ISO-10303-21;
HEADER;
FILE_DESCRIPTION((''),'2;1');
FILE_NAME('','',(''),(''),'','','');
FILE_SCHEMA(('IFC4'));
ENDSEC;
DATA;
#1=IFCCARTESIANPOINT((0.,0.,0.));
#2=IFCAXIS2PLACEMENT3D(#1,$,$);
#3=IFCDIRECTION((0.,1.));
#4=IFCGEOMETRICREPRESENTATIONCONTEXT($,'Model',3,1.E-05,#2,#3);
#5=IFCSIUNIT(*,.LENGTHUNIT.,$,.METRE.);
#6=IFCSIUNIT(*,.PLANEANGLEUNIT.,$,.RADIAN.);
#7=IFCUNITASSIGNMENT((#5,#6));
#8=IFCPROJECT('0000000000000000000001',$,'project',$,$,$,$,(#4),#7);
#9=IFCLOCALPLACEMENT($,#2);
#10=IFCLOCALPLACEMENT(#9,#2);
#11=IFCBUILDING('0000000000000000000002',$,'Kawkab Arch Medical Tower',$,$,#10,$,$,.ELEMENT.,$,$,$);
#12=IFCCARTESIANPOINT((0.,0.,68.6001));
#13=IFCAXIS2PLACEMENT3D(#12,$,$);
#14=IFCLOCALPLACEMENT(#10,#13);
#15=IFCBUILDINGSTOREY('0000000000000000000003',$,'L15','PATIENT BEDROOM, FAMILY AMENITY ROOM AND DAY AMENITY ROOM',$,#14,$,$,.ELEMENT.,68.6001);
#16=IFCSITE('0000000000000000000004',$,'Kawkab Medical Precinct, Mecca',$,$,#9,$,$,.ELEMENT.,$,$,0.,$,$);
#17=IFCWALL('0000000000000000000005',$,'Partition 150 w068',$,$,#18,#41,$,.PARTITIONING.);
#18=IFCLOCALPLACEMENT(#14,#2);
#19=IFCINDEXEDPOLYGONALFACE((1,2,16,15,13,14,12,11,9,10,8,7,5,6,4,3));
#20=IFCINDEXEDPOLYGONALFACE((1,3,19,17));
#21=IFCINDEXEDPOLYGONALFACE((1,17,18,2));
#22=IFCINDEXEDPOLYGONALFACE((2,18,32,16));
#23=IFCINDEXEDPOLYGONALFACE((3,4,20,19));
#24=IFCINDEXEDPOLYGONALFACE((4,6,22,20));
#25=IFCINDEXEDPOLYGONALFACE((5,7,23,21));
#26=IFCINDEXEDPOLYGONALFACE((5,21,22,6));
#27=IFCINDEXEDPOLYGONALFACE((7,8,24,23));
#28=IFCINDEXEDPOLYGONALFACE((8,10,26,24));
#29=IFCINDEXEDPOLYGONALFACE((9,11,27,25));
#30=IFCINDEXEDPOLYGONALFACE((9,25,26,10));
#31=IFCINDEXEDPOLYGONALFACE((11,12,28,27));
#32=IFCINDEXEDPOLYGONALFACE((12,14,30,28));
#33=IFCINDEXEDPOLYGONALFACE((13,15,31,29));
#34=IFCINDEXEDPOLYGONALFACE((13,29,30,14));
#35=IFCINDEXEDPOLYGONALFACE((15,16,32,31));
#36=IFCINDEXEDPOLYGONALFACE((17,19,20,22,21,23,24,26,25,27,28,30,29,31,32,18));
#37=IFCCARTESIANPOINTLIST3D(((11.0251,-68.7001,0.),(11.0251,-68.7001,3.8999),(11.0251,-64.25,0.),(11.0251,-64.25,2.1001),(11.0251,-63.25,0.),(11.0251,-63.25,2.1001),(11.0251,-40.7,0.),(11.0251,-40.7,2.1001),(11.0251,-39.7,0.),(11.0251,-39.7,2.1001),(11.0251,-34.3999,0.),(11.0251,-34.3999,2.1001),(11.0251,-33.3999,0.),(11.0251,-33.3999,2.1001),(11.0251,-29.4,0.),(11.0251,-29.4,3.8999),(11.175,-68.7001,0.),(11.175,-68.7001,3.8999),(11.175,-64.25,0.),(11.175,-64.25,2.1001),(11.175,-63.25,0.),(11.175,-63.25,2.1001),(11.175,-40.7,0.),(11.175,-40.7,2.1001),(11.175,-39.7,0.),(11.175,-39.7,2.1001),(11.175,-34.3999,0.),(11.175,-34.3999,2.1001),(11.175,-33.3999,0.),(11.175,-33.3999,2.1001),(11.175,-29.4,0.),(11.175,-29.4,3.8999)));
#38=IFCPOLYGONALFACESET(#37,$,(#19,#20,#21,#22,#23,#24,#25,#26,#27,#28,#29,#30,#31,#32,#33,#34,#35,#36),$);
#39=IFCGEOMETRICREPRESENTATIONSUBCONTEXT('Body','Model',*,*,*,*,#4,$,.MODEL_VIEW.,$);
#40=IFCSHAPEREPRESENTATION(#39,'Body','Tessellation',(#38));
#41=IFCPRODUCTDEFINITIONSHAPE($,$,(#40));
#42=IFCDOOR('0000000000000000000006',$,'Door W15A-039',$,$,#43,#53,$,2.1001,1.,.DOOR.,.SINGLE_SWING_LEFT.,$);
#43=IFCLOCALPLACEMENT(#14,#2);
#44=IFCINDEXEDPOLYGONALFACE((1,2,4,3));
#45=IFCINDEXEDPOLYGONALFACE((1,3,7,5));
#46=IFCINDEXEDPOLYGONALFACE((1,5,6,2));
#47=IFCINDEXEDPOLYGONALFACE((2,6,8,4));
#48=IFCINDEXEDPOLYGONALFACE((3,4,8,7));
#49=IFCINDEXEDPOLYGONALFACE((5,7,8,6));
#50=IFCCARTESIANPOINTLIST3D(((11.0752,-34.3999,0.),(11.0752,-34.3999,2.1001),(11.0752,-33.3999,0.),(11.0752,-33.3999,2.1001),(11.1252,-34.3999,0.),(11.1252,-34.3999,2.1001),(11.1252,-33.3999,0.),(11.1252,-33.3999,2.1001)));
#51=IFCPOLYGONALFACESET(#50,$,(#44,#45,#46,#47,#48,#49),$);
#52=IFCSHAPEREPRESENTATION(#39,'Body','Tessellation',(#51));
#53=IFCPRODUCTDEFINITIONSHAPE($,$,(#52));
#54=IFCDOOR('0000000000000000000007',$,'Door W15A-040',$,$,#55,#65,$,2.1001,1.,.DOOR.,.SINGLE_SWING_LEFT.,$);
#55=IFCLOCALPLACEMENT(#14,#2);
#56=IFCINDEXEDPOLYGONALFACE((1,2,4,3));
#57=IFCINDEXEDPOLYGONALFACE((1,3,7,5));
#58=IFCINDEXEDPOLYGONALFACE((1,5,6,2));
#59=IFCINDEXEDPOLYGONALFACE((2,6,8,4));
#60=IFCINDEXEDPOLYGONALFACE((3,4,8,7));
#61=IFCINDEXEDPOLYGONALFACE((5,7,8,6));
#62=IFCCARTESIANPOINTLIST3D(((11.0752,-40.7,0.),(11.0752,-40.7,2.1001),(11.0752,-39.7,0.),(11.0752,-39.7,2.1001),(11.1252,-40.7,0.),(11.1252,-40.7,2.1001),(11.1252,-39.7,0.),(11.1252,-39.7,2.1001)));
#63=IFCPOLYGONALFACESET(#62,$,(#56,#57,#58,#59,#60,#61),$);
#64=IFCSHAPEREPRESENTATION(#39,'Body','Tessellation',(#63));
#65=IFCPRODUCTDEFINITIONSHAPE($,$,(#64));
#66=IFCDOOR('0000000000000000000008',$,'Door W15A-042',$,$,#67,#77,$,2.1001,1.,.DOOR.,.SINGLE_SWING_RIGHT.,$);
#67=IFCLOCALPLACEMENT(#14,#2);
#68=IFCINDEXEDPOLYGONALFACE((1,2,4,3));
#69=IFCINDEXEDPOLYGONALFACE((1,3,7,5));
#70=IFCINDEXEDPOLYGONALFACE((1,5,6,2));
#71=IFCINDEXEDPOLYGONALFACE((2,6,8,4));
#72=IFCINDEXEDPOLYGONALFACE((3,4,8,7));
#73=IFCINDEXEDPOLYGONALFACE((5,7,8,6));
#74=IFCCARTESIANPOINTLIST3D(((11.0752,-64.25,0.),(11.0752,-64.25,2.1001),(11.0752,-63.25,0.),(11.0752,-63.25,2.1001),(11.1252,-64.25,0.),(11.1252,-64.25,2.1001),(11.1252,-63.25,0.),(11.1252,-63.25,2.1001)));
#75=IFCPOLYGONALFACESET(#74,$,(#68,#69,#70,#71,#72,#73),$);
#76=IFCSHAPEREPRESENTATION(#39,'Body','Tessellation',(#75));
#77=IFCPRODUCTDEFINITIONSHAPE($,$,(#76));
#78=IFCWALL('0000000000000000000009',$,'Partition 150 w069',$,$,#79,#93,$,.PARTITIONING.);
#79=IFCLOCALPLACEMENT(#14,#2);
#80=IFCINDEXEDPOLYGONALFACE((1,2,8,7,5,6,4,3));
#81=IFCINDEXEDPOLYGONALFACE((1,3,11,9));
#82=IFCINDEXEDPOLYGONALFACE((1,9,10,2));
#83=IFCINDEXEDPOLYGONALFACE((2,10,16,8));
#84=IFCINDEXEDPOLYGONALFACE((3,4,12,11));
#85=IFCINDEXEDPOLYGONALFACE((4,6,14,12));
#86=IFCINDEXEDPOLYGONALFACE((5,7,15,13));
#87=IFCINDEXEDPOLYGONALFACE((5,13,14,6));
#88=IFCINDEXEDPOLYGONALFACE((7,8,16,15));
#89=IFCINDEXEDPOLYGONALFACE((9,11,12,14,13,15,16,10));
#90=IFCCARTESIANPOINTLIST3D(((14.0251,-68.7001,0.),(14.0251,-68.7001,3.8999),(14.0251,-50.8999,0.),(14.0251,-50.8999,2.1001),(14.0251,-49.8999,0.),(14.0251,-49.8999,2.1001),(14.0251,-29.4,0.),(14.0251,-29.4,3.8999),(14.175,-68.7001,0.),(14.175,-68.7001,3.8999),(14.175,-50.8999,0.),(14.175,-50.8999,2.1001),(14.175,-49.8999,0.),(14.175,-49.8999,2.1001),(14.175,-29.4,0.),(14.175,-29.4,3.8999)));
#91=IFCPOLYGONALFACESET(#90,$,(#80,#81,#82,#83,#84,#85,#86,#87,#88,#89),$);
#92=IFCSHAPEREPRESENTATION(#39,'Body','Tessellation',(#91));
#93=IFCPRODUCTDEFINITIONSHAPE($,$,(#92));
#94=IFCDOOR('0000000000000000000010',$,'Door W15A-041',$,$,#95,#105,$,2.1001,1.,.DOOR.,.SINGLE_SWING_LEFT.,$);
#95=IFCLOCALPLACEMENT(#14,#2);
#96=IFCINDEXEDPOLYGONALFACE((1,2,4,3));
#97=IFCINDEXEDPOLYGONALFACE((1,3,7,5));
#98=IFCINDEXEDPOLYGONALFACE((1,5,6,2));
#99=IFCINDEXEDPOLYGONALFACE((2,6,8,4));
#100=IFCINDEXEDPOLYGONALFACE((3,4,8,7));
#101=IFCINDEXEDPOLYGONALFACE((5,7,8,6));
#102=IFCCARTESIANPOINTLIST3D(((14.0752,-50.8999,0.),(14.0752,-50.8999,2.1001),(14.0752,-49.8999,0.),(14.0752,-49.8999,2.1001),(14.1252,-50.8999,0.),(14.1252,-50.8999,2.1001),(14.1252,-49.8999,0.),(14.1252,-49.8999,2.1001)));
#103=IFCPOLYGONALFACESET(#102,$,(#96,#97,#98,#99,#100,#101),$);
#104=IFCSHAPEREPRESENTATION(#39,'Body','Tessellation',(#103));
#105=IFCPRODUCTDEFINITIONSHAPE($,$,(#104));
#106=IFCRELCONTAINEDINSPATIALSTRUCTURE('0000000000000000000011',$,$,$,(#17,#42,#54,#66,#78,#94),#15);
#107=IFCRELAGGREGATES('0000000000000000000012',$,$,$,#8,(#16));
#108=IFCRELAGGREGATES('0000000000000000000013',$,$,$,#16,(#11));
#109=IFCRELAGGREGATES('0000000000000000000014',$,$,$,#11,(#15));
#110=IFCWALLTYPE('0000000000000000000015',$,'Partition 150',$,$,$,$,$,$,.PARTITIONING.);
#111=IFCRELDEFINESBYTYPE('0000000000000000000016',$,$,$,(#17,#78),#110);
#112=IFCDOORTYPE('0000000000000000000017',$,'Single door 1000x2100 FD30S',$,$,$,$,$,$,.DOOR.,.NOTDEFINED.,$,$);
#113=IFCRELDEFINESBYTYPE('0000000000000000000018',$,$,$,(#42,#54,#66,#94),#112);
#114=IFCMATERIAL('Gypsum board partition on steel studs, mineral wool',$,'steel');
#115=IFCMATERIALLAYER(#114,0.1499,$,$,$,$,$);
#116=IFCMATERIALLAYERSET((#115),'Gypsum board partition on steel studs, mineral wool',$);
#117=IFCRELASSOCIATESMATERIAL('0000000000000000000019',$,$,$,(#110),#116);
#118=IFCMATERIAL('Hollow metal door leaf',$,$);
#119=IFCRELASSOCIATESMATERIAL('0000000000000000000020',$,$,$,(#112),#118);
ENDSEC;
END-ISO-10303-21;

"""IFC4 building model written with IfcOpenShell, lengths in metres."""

from ifc_helpers import new_model, si_unit, direction, frame, frame_2d, origin, place, context, subcontext, project, spatial, rectangle, extrude, material, layer, layer_set, type_object, element, fill, save


model = new_model("IFC4")

# Units and contexts
model_context = context("Model", 3, precision=1e-05, world=origin(), true_north=direction((0.0, 1.0)))
body_context = subcontext(model_context, "Body", "Model", "MODEL_VIEW")
ifc_project = project(units=[si_unit("LENGTHUNIT", "METRE"), si_unit("PLANEANGLEUNIT", "RADIAN")], contexts=[model_context])

# Site, building, storey
site_placement = place(None, origin())
site = spatial("IfcSite", under=ifc_project, at=site_placement, Name="Kawkab Medical Precinct, Mecca", CompositionType="ELEMENT", RefElevation=0.0)
building_placement = place(site_placement, origin())
building = spatial("IfcBuilding", under=site, at=building_placement, Name="Kawkab Arch Medical Tower", CompositionType="ELEMENT")
storey_placement = place(building_placement, frame((0.0, 0.0, 68.6001)))
storey = spatial("IfcBuildingStorey", under=building, at=storey_placement, Name="L15", Description="PATIENT BEDROOM, FAMILY AMENITY ROOM AND DAY AMENITY ROOM", CompositionType="ELEMENT", Elevation=68.6001)

# Shared definitions
ifc_material_1 = material(Name="Gypsum board partition on steel studs, mineral wool", Category="steel")
ifc_layer_1 = layer(ifc_material_1, 0.1499)
ifc_layer_set_1 = layer_set([ifc_layer_1], Name="Gypsum board partition on steel studs, mineral wool")
wall_type_1 = type_object("IfcWallType", Name="Partition 150", PredefinedType="PARTITIONING", material=ifc_layer_set_1)

# Wall, openings, doors
wall_1_placement = place(storey_placement, frame((11.1001, -68.7, 0.0), z_axis=(0.0, 0.0, 1.0), x_axis=(0.0, 1.0, 0.0)))
wall_1 = element("IfcWall", 1, at=wall_1_placement, inside=storey, type_object=wall_type_1, Name="Partition 150 w068", PredefinedType="PARTITIONING", context=body_context, shape_type="SweptSolid", body=[
    extrude(rectangle(XDim=39.3, YDim=0.1499, at=frame_2d((19.6499, 0.0))), origin(), (0.0, 0.0, 1.0), 3.8999),
])
opening_1_placement = place(wall_1_placement, frame((34.3, 0.0, 0.0)))
opening_1 = element("IfcOpeningElement", 2, at=opening_1_placement, cuts=wall_1, PredefinedType="OPENING", context=body_context, shape_type="SweptSolid", body=[
    extrude(rectangle(XDim=1.0, YDim=2.1001, at=frame_2d((0.5, 1.05))), frame((0.0, 0.085, 0.0), z_axis=(0.0, -1.0, 0.0), x_axis=(1.0, 0.0, 0.0)), (0.0, 0.0, 1.0), 0.1699),
])
opening_2_placement = place(wall_1_placement, frame((28.0, 0.0, 0.0)))
opening_2 = element("IfcOpeningElement", 3, at=opening_2_placement, cuts=wall_1, PredefinedType="OPENING", context=body_context, shape_type="SweptSolid", body=[
    extrude(rectangle(XDim=1.0, YDim=2.1001, at=frame_2d((0.5, 1.05))), frame((0.0, 0.085, 0.0), z_axis=(0.0, -1.0, 0.0), x_axis=(1.0, 0.0, 0.0)), (0.0, 0.0, 1.0), 0.1699),
])
opening_3_placement = place(wall_1_placement, frame((4.45, 0.0, 0.0)))
opening_3 = element("IfcOpeningElement", 4, at=opening_3_placement, cuts=wall_1, PredefinedType="OPENING", context=body_context, shape_type="SweptSolid", body=[
    extrude(rectangle(XDim=1.0, YDim=2.1001, at=frame_2d((0.5, 1.05))), frame((0.0, 0.085, 0.0), z_axis=(0.0, -1.0, 0.0), x_axis=(1.0, 0.0, 0.0)), (0.0, 0.0, 1.0), 0.1699),
])
ifc_material_2 = material(Name="Hollow metal door leaf")
door_type_1 = type_object("IfcDoorType", Name="Single door 1000x2100 FD30S", OperationType="NOTDEFINED", PredefinedType="DOOR", material=ifc_material_2)
door_1_placement = place(opening_1_placement, origin())
door_1 = element("IfcDoor", 5, at=door_1_placement, inside=storey, type_object=door_type_1, Name="Door W15A-039", OperationType="SINGLE_SWING_LEFT", OverallHeight=2.1001, OverallWidth=1.0, PredefinedType="DOOR", context=body_context, shape_type="SweptSolid", body=[
    extrude(rectangle(XDim=1.0, YDim=2.1001, at=frame_2d((0.5, 1.05))), frame((0.0, 0.0249, 0.0), z_axis=(0.0, -1.0, 0.0), x_axis=(1.0, 0.0, 0.0)), (0.0, 0.0, 1.0), 0.05),
])
fill(opening_1, door_1)
door_2_placement = place(opening_2_placement, origin())
door_2 = element("IfcDoor", 6, at=door_2_placement, inside=storey, type_object=door_type_1, Name="Door W15A-040", OperationType="SINGLE_SWING_LEFT", OverallHeight=2.1001, OverallWidth=1.0, PredefinedType="DOOR", context=body_context, shape_type="SweptSolid", body=[
    extrude(rectangle(XDim=1.0, YDim=2.1001, at=frame_2d((0.5, 1.05))), frame((0.0, 0.0249, 0.0), z_axis=(0.0, -1.0, 0.0), x_axis=(1.0, 0.0, 0.0)), (0.0, 0.0, 1.0), 0.05),
])
fill(opening_2, door_2)
door_3_placement = place(opening_3_placement, origin())
door_3 = element("IfcDoor", 7, at=door_3_placement, inside=storey, type_object=door_type_1, Name="Door W15A-042", OperationType="SINGLE_SWING_RIGHT", OverallHeight=2.1001, OverallWidth=1.0, PredefinedType="DOOR", context=body_context, shape_type="SweptSolid", body=[
    extrude(rectangle(XDim=1.0, YDim=2.1001, at=frame_2d((0.5, 1.05))), frame((0.0, 0.0249, 0.0), z_axis=(0.0, -1.0, 0.0), x_axis=(1.0, 0.0, 0.0)), (0.0, 0.0, 1.0), 0.05),
])
fill(opening_3, door_3)

# Wall, opening, door
wall_2_placement = place(storey_placement, frame((14.1001, -68.7, 0.0), z_axis=(0.0, 0.0, 1.0), x_axis=(0.0, 1.0, 0.0)))
wall_2 = element("IfcWall", 8, at=wall_2_placement, inside=storey, type_object=wall_type_1, Name="Partition 150 w069", PredefinedType="PARTITIONING", context=body_context, shape_type="SweptSolid", body=[
    extrude(rectangle(XDim=39.3, YDim=0.1499, at=frame_2d((19.6499, 0.0))), origin(), (0.0, 0.0, 1.0), 3.8999),
])
opening_4_placement = place(wall_2_placement, frame((17.8, 0.0, 0.0)))
opening_4 = element("IfcOpeningElement", 9, at=opening_4_placement, cuts=wall_2, PredefinedType="OPENING", context=body_context, shape_type="SweptSolid", body=[
    extrude(rectangle(XDim=1.0, YDim=2.1001, at=frame_2d((0.5, 1.05))), frame((0.0, 0.085, 0.0), z_axis=(0.0, -1.0, 0.0), x_axis=(1.0, 0.0, 0.0)), (0.0, 0.0, 1.0), 0.1699),
])
door_4_placement = place(opening_4_placement, origin())
door_4 = element("IfcDoor", 10, at=door_4_placement, inside=storey, type_object=door_type_1, Name="Door W15A-041", OperationType="SINGLE_SWING_LEFT", OverallHeight=2.1001, OverallWidth=1.0, PredefinedType="DOOR", context=body_context, shape_type="SweptSolid", body=[
    extrude(rectangle(XDim=1.0, YDim=2.1001, at=frame_2d((0.5, 1.05))), frame((0.0, 0.0249, 0.0), z_axis=(0.0, -1.0, 0.0), x_axis=(1.0, 0.0, 0.0)), (0.0, 0.0, 1.0), 0.05),
])
fill(opening_4, door_4)

save(model, "model.ifc")
